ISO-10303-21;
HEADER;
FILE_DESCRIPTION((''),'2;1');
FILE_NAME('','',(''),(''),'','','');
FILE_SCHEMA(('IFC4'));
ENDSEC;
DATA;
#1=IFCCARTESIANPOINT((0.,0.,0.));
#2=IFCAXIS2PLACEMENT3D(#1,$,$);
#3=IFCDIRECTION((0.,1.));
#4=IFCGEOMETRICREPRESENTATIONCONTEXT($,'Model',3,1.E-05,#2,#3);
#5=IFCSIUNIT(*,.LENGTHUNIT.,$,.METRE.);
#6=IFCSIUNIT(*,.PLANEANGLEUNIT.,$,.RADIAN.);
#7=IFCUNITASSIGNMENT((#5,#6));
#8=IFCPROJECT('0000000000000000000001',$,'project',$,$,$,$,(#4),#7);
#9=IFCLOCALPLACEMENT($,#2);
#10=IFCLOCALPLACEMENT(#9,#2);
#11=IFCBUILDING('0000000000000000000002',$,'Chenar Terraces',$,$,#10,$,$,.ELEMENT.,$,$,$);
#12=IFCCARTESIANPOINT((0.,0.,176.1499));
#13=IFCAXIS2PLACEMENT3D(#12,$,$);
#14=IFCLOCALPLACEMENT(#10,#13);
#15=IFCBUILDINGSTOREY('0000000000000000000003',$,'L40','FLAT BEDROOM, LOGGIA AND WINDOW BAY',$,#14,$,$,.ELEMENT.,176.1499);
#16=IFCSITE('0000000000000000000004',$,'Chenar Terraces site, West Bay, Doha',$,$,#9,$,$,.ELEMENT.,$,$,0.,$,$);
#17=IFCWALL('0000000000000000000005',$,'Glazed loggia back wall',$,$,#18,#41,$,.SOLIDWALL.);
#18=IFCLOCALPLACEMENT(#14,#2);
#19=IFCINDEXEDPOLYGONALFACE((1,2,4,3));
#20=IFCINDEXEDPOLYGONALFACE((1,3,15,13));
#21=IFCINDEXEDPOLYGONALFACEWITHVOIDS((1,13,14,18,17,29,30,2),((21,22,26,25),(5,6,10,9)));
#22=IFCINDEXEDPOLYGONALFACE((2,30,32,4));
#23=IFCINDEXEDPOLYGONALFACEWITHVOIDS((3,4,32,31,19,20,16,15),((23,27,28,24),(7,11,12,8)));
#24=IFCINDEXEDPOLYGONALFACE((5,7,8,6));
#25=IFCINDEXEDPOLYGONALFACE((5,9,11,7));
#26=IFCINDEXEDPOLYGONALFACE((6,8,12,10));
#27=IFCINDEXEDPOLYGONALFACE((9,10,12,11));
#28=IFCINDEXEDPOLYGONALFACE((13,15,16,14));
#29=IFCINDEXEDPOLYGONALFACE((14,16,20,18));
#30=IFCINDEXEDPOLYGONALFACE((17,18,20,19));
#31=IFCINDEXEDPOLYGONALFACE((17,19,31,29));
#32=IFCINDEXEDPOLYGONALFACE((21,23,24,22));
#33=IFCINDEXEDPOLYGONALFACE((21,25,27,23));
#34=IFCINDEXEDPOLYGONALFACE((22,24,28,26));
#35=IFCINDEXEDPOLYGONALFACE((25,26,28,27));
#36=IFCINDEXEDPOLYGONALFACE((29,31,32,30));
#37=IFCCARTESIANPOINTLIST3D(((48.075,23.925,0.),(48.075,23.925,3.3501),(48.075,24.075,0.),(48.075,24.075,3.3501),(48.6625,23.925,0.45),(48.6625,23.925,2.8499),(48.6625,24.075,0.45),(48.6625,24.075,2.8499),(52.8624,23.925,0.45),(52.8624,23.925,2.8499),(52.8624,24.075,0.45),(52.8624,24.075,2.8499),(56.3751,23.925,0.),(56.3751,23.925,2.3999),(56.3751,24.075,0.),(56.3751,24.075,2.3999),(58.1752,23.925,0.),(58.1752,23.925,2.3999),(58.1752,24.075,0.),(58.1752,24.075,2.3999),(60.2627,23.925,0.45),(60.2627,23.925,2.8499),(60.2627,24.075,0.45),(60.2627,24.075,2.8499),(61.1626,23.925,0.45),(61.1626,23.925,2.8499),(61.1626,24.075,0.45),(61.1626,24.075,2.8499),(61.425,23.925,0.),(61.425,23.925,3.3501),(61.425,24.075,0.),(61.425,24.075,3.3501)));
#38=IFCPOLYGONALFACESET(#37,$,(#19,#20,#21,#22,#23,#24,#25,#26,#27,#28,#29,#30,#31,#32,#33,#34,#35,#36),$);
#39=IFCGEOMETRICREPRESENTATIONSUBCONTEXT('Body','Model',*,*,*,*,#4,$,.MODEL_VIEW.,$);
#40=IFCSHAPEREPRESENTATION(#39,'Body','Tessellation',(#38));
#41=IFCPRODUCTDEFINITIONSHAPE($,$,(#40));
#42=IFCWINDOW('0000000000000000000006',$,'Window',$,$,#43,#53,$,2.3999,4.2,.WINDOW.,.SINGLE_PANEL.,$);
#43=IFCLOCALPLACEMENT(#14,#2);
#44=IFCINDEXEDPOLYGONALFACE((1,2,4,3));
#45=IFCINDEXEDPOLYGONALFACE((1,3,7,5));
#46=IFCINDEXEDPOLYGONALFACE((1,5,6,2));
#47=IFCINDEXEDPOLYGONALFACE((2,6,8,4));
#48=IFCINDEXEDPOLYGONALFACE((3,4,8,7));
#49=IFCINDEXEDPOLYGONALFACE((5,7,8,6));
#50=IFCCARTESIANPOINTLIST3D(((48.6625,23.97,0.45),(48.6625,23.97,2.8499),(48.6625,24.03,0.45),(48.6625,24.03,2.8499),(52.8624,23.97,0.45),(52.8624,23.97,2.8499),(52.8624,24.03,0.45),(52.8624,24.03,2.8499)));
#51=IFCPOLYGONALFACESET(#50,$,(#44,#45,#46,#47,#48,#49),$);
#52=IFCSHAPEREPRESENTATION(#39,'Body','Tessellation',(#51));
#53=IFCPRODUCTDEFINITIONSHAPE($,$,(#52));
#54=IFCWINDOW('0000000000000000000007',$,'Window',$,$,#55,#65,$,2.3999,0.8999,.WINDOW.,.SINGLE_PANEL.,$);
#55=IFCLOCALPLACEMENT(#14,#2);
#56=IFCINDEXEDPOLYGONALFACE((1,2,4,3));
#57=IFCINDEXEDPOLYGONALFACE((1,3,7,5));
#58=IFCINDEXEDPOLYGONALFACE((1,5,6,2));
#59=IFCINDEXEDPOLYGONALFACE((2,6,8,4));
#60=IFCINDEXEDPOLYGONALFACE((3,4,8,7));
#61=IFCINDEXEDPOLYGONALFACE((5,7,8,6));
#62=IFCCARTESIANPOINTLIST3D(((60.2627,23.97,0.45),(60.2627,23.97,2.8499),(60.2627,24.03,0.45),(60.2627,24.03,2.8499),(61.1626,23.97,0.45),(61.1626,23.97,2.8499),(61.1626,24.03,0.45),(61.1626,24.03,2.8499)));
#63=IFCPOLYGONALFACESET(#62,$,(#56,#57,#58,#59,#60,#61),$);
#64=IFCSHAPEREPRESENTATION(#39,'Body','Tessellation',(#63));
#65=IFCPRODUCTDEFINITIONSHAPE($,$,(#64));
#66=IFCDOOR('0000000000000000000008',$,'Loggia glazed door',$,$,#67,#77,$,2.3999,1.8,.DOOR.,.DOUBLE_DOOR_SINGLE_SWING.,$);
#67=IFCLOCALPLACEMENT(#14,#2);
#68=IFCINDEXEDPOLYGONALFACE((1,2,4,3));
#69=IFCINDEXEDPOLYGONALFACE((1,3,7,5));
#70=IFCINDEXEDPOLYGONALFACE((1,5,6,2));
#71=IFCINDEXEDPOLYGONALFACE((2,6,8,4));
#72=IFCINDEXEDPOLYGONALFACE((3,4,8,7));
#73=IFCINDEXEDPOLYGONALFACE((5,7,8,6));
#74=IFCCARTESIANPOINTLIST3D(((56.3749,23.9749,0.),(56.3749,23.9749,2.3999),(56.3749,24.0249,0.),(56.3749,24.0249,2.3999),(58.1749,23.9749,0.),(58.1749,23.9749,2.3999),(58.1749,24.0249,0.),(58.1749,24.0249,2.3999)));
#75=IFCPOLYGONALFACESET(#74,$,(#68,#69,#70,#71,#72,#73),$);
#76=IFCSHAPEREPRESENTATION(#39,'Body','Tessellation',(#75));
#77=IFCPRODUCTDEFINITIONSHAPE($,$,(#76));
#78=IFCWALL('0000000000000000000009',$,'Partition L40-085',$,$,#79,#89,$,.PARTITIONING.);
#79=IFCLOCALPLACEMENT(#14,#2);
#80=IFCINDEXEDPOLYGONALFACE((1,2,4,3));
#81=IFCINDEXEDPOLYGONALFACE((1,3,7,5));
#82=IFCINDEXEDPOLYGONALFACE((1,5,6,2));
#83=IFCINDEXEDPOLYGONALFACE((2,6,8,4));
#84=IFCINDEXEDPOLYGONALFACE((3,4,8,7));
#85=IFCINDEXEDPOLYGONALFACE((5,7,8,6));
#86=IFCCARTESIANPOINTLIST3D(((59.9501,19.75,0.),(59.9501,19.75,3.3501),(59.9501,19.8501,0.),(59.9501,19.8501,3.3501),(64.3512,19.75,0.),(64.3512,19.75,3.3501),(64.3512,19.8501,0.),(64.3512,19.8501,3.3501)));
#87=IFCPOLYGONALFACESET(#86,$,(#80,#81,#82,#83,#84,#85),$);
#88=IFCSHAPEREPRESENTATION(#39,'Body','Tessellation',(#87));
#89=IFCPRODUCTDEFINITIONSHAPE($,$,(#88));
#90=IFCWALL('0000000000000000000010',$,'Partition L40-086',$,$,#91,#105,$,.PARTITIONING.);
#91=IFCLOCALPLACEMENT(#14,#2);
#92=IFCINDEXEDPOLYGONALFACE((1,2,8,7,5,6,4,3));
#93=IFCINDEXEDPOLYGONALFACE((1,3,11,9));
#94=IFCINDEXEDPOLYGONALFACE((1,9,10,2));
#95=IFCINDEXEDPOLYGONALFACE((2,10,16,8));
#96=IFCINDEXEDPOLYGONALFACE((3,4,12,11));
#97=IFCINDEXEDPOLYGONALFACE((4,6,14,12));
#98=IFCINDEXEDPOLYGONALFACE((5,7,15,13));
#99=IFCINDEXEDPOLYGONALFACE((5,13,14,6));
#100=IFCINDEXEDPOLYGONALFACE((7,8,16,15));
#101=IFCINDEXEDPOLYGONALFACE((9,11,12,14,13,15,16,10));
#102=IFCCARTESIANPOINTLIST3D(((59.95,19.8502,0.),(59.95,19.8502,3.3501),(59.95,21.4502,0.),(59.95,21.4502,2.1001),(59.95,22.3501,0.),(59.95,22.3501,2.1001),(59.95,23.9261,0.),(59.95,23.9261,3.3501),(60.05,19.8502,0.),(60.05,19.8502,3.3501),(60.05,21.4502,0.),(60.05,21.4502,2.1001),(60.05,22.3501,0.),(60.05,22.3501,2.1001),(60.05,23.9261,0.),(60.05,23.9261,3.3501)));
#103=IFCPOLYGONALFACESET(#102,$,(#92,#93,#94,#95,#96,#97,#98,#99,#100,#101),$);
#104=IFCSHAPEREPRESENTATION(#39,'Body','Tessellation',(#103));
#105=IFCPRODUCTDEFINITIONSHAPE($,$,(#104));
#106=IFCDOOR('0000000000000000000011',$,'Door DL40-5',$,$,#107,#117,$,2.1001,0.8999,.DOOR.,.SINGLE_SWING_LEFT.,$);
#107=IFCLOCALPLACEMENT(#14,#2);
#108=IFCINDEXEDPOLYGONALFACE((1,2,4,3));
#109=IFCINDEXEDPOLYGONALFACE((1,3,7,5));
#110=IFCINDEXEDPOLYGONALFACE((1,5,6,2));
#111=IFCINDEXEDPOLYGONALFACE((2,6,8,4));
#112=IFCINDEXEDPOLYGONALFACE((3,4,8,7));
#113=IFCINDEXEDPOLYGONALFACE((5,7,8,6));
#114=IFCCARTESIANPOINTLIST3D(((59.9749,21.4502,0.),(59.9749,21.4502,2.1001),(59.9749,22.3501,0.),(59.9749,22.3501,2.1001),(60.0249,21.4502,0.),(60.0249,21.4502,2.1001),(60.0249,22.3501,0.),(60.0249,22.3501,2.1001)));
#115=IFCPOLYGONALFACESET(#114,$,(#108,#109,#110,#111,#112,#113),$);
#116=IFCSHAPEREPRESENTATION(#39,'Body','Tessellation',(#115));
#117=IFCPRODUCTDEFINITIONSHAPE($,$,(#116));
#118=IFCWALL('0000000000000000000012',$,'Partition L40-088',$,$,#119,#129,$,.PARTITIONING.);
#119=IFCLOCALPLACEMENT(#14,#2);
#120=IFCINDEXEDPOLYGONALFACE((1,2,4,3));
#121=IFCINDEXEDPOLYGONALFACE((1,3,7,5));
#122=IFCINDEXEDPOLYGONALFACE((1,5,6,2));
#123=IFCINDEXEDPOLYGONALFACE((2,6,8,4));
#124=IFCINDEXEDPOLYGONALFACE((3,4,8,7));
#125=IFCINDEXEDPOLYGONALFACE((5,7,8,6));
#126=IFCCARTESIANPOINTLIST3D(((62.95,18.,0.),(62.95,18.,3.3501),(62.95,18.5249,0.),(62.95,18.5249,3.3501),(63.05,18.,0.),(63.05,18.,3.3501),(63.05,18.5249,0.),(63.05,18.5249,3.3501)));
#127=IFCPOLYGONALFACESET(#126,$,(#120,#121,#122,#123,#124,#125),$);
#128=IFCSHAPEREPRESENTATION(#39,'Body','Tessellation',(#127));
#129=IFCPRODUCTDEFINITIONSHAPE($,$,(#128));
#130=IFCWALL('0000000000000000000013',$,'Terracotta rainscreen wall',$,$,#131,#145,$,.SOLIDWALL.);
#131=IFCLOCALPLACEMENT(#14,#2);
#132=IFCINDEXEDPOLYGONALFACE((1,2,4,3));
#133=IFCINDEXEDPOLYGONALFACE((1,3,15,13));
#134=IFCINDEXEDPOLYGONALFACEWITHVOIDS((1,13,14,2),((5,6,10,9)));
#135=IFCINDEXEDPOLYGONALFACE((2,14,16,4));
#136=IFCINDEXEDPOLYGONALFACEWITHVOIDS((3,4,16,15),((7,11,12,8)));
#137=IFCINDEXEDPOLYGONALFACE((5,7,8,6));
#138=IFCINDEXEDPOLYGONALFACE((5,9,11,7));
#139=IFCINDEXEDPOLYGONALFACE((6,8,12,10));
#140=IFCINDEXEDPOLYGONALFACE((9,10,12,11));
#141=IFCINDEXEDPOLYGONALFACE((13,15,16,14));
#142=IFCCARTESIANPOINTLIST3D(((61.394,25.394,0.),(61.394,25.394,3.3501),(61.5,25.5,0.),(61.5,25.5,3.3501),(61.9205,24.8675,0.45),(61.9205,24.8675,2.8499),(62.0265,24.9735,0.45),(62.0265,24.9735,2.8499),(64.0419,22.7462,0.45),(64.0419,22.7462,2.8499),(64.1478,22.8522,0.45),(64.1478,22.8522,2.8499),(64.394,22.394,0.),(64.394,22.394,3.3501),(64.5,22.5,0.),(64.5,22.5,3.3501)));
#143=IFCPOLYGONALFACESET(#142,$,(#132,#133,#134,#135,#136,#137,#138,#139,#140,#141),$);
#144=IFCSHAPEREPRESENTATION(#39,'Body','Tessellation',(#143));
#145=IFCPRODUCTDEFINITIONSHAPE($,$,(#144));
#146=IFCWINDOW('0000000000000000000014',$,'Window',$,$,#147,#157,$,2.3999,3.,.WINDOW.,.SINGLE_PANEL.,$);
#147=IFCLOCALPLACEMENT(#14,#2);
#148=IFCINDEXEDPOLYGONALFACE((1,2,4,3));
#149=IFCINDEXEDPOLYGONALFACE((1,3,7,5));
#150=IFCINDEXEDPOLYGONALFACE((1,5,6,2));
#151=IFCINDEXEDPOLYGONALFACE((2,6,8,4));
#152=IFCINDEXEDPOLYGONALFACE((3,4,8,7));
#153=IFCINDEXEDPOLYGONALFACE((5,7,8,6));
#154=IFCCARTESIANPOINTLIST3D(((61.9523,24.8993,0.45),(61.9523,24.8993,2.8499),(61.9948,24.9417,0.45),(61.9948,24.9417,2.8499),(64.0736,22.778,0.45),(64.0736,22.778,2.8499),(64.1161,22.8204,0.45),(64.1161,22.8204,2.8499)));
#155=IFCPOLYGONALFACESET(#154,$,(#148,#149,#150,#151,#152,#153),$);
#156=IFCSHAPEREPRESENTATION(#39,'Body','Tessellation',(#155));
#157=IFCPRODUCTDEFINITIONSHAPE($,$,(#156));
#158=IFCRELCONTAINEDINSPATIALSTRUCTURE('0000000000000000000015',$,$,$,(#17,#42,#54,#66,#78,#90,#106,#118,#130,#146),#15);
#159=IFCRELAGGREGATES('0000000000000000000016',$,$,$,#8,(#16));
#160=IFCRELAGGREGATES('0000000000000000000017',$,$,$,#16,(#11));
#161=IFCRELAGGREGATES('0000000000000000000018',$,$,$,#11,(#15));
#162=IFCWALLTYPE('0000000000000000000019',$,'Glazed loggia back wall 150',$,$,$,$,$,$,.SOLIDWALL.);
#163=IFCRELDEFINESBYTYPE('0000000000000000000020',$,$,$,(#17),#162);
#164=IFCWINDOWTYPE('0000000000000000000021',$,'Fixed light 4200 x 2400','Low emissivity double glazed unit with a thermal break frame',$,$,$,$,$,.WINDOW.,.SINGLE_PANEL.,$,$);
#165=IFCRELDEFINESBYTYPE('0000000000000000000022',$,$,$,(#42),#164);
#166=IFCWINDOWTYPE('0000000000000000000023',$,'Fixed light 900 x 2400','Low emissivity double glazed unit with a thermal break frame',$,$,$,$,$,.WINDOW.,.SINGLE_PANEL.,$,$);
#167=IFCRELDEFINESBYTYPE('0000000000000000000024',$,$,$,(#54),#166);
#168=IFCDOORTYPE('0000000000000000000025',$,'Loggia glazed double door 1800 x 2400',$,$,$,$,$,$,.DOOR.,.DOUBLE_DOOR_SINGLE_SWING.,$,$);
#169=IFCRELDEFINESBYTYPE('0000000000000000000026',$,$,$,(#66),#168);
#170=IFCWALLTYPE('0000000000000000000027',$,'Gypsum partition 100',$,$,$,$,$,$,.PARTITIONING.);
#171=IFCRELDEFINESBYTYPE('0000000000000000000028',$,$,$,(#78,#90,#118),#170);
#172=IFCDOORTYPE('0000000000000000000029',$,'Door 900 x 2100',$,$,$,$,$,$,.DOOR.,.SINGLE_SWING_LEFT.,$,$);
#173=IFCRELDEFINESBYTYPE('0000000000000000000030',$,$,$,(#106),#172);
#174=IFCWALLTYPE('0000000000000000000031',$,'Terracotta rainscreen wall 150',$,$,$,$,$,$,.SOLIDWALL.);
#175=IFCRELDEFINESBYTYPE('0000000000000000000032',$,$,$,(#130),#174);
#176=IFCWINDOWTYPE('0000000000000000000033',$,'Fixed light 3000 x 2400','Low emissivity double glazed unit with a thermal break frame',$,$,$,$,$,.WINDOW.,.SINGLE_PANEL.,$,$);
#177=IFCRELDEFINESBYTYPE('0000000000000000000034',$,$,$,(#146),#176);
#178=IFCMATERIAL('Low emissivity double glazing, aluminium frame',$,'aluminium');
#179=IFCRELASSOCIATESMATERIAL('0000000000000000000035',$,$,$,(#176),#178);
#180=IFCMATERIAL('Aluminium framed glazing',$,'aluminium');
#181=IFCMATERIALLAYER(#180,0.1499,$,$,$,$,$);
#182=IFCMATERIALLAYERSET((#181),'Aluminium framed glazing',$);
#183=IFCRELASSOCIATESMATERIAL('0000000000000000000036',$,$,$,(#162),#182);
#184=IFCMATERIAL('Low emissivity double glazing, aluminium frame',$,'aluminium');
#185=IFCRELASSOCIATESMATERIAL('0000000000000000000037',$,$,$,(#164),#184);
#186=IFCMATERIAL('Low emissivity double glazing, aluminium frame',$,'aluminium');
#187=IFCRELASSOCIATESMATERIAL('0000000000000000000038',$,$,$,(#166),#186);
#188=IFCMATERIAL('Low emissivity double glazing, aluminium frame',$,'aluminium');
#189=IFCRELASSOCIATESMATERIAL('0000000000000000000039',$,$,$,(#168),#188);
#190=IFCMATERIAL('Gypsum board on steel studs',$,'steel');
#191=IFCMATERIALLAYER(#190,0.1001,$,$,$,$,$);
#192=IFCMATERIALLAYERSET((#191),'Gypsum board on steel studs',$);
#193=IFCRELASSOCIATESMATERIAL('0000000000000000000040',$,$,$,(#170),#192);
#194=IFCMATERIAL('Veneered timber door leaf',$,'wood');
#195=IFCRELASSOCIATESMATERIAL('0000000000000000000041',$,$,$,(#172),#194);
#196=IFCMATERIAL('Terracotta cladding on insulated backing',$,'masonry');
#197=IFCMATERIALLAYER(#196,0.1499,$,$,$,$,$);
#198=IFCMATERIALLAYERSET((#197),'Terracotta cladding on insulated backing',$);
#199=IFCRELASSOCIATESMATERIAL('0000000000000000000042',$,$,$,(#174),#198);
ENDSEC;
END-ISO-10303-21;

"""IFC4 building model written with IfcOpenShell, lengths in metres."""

from ifc_helpers import new_model, si_unit, direction, frame, frame_2d, origin, place, context, subcontext, project, spatial, rectangle, extrude, material, layer, layer_set, type_object, element, fill, save


model = new_model("IFC4")

# Units and contexts
model_context = context("Model", 3, precision=1e-05, world=origin(), true_north=direction((0.0, 1.0)))
body_context = subcontext(model_context, "Body", "Model", "MODEL_VIEW")
ifc_project = project(units=[si_unit("LENGTHUNIT", "METRE"), si_unit("PLANEANGLEUNIT", "RADIAN")], contexts=[model_context])

# Site, building, storey
site_placement = place(None, origin())
site = spatial("IfcSite", under=ifc_project, at=site_placement, Name="Chenar Terraces site, West Bay, Doha", CompositionType="ELEMENT", RefElevation=0.0)
building_placement = place(site_placement, origin())
building = spatial("IfcBuilding", under=site, at=building_placement, Name="Chenar Terraces", CompositionType="ELEMENT")
storey_placement = place(building_placement, frame((0.0, 0.0, 176.1499)))
storey = spatial("IfcBuildingStorey", under=building, at=storey_placement, Name="L40", Description="FLAT BEDROOM, LOGGIA AND WINDOW BAY", CompositionType="ELEMENT", Elevation=176.1499)

# Shared definitions
ifc_material_1 = material(Name="Low emissivity double glazing, aluminium frame", Category="aluminium")
window_type_1 = type_object("IfcWindowType", Name="Fixed light 3000 x 2400", Description="Low emissivity double glazed unit with a thermal break frame", PartitioningType="SINGLE_PANEL", PredefinedType="WINDOW", material=ifc_material_1)

# Wall, openings, windows, door
ifc_material_2 = material(Name="Aluminium framed glazing", Category="aluminium")
ifc_layer_1 = layer(ifc_material_2, 0.1499)
ifc_layer_set_1 = layer_set([ifc_layer_1], Name="Aluminium framed glazing")
wall_type_1 = type_object("IfcWallType", Name="Glazed loggia back wall 150", PredefinedType="SOLIDWALL", material=ifc_layer_set_1)
wall_1_placement = place(storey_placement, frame((61.425, 24.0, 0.0), z_axis=(0.0, 0.0, 1.0), x_axis=(-1.0, 0.0, 0.0)))
wall_1 = element("IfcWall", 1, at=wall_1_placement, inside=storey, type_object=wall_type_1, Name="Glazed loggia back wall", PredefinedType="SOLIDWALL", context=body_context, shape_type="SweptSolid", body=[
    extrude(rectangle(XDim=13.3501, YDim=0.1499, at=frame_2d((6.675, 0.0))), origin(), (0.0, 0.0, 1.0), 3.3501),
])
opening_1_placement = place(wall_1_placement, frame((0.2625, 0.0, 0.45)))
opening_1 = element("IfcOpeningElement", 2, at=opening_1_placement, cuts=wall_1, PredefinedType="OPENING", context=body_context, shape_type="SweptSolid", body=[
    extrude(rectangle(XDim=0.8999, YDim=2.3999, at=frame_2d((0.45, 1.2))), frame((0.0, 0.085, 0.0), z_axis=(0.0, -1.0, 0.0), x_axis=(1.0, 0.0, 0.0)), (0.0, 0.0, 1.0), 0.1699),
])
opening_2_placement = place(wall_1_placement, frame((3.25, 0.0, 0.0)))
opening_2 = element("IfcOpeningElement", 3, at=opening_2_placement, cuts=wall_1, PredefinedType="OPENING", context=body_context, shape_type="SweptSolid", body=[
    extrude(rectangle(XDim=1.8, YDim=2.3999, at=frame_2d((0.8999, 1.2))), frame((0.0, 0.085, 0.0), z_axis=(0.0, -1.0, 0.0), x_axis=(1.0, 0.0, 0.0)), (0.0, 0.0, 1.0), 0.1699),
])
opening_3_placement = place(wall_1_placement, frame((8.5625, 0.0, 0.45)))
opening_3 = element("IfcOpeningElement", 4, at=opening_3_placement, cuts=wall_1, PredefinedType="OPENING", context=body_context, shape_type="SweptSolid", body=[
    extrude(rectangle(XDim=4.2, YDim=2.3999, at=frame_2d((2.1001, 1.2))), frame((0.0, 0.085, 0.0), z_axis=(0.0, -1.0, 0.0), x_axis=(1.0, 0.0, 0.0)), (0.0, 0.0, 1.0), 0.1699),
])
ifc_material_3 = material(Name="Low emissivity double glazing, aluminium frame", Category="aluminium")
window_type_2 = type_object("IfcWindowType", Name="Fixed light 4200 x 2400", Description="Low emissivity double glazed unit with a thermal break frame", PartitioningType="SINGLE_PANEL", PredefinedType="WINDOW", material=ifc_material_3)
window_1_placement = place(opening_3_placement, origin())
window_1 = element("IfcWindow", 5, at=window_1_placement, inside=storey, type_object=window_type_2, Name="Window", OverallHeight=2.3999, OverallWidth=4.2, PartitioningType="SINGLE_PANEL", PredefinedType="WINDOW", context=body_context, shape_type="SweptSolid", body=[
    extrude(rectangle(XDim=4.2, YDim=2.3999, at=frame_2d((2.1001, 1.2))), frame((0.0, 0.03, 0.0), z_axis=(0.0, -1.0, 0.0), x_axis=(1.0, 0.0, 0.0)), (0.0, 0.0, 1.0), 0.0601),
])
fill(opening_3, window_1)
ifc_material_4 = material(Name="Low emissivity double glazing, aluminium frame", Category="aluminium")
window_type_3 = type_object("IfcWindowType", Name="Fixed light 900 x 2400", Description="Low emissivity double glazed unit with a thermal break frame", PartitioningType="SINGLE_PANEL", PredefinedType="WINDOW", material=ifc_material_4)
window_2_placement = place(opening_1_placement, origin())
window_2 = element("IfcWindow", 6, at=window_2_placement, inside=storey, type_object=window_type_3, Name="Window", OverallHeight=2.3999, OverallWidth=0.8999, PartitioningType="SINGLE_PANEL", PredefinedType="WINDOW", context=body_context, shape_type="SweptSolid", body=[
    extrude(rectangle(XDim=0.8999, YDim=2.3999, at=frame_2d((0.45, 1.2))), frame((0.0, 0.03, 0.0), z_axis=(0.0, -1.0, 0.0), x_axis=(1.0, 0.0, 0.0)), (0.0, 0.0, 1.0), 0.0601),
])
fill(opening_1, window_2)
ifc_material_5 = material(Name="Low emissivity double glazing, aluminium frame", Category="aluminium")
door_type_1 = type_object("IfcDoorType", Name="Loggia glazed double door 1800 x 2400", OperationType="DOUBLE_DOOR_SINGLE_SWING", PredefinedType="DOOR", material=ifc_material_5)
door_1_placement = place(opening_2_placement, frame((1.8, 0.0, 0.0), z_axis=(0.0, 0.0, 1.0), x_axis=(-1.0, 0.0, 0.0)))
door_1 = element("IfcDoor", 7, at=door_1_placement, inside=storey, type_object=door_type_1, Name="Loggia glazed door", OperationType="DOUBLE_DOOR_SINGLE_SWING", OverallHeight=2.3999, OverallWidth=1.8, PredefinedType="DOOR", context=body_context, shape_type="SweptSolid", body=[
    extrude(rectangle(XDim=1.8, YDim=2.3999, at=frame_2d((0.8999, 1.2))), frame((0.0, 0.0249, 0.0), z_axis=(0.0, -1.0, 0.0), x_axis=(1.0, 0.0, 0.0)), (0.0, 0.0, 1.0), 0.05),
])
fill(opening_2, door_1)

# Wall
ifc_material_6 = material(Name="Gypsum board on steel studs", Category="steel")
ifc_layer_2 = layer(ifc_material_6, 0.1001)
ifc_layer_set_2 = layer_set([ifc_layer_2], Name="Gypsum board on steel studs")
wall_type_2 = type_object("IfcWallType", Name="Gypsum partition 100", PredefinedType="PARTITIONING", material=ifc_layer_set_2)
wall_2_placement = place(storey_placement, frame((59.95, 19.8, 0.0), z_axis=(0.0, 0.0, 1.0), x_axis=(1.0, 0.0, 0.0)))
element("IfcWall", 8, at=wall_2_placement, inside=storey, type_object=wall_type_2, Name="Partition L40-085", PredefinedType="PARTITIONING", context=body_context, shape_type="SweptSolid", body=[
    extrude(rectangle(XDim=4.4011, YDim=0.1001, at=frame_2d((2.2007, 0.0))), origin(), (0.0, 0.0, 1.0), 3.3501),
])

# Wall, opening, door
wall_3_placement = place(storey_placement, frame((60.0, 19.8501, 0.0), z_axis=(0.0, 0.0, 1.0), x_axis=(0.0, 1.0, 0.0)))
wall_3 = element("IfcWall", 9, at=wall_3_placement, inside=storey, type_object=wall_type_2, Name="Partition L40-086", PredefinedType="PARTITIONING", context=body_context, shape_type="SweptSolid", body=[
    extrude(rectangle(XDim=4.0759, YDim=0.1001, at=frame_2d((2.0381, 0.0))), origin(), (0.0, 0.0, 1.0), 3.3501),
])
opening_4_placement = place(wall_3_placement, frame((1.6001, 0.0, 0.0)))
opening_4 = element("IfcOpeningElement", 10, at=opening_4_placement, cuts=wall_3, PredefinedType="OPENING", context=body_context, shape_type="SweptSolid", body=[
    extrude(rectangle(XDim=0.8999, YDim=2.1001, at=frame_2d((0.45, 1.05))), frame((0.0, 0.0601, 0.0), z_axis=(0.0, -1.0, 0.0), x_axis=(1.0, 0.0, 0.0)), (0.0, 0.0, 1.0), 0.1201),
])
ifc_material_7 = material(Name="Veneered timber door leaf", Category="wood")
door_type_2 = type_object("IfcDoorType", Name="Door 900 x 2100", OperationType="SINGLE_SWING_LEFT", PredefinedType="DOOR", material=ifc_material_7)
door_2_placement = place(opening_4_placement, frame((0.8999, 0.0, 0.0), z_axis=(0.0, 0.0, 1.0), x_axis=(-1.0, 0.0, 0.0)))
door_2 = element("IfcDoor", 11, at=door_2_placement, inside=storey, type_object=door_type_2, Name="Door DL40-5", OperationType="SINGLE_SWING_LEFT", OverallHeight=2.1001, OverallWidth=0.8999, PredefinedType="DOOR", context=body_context, shape_type="SweptSolid", body=[
    extrude(rectangle(XDim=0.8999, YDim=2.1001, at=frame_2d((0.45, 1.05))), frame((0.0, 0.0249, 0.0), z_axis=(0.0, -1.0, 0.0), x_axis=(1.0, 0.0, 0.0)), (0.0, 0.0, 1.0), 0.05),
])
fill(opening_4, door_2)

# Wall
wall_4_placement = place(storey_placement, frame((63.0, 18.0, 0.0), z_axis=(0.0, 0.0, 1.0), x_axis=(0.0, 1.0, 0.0)))
element("IfcWall", 12, at=wall_4_placement, inside=storey, type_object=wall_type_2, Name="Partition L40-088", PredefinedType="PARTITIONING", context=body_context, shape_type="SweptSolid", body=[
    extrude(rectangle(XDim=0.5249, YDim=0.1001, at=frame_2d((0.2625, 0.0))), origin(), (0.0, 0.0, 1.0), 3.3501),
])

# Wall, opening, window
ifc_material_8 = material(Name="Terracotta cladding on insulated backing", Category="masonry")
ifc_layer_3 = layer(ifc_material_8, 0.1499)
ifc_layer_set_3 = layer_set([ifc_layer_3], Name="Terracotta cladding on insulated backing")
wall_type_3 = type_object("IfcWallType", Name="Terracotta rainscreen wall 150", PredefinedType="SOLIDWALL", material=ifc_layer_set_3)
wall_5_placement = place(storey_placement, frame((64.447, 22.447, 0.0), z_axis=(0.0, 0.0, 1.0), x_axis=(-0.707107, 0.707107, 0.0)))
wall_5 = element("IfcWall", 13, at=wall_5_placement, inside=storey, type_object=wall_type_3, Name="Terracotta rainscreen wall", PredefinedType="SOLIDWALL", context=body_context, shape_type="SweptSolid", body=[
    extrude(rectangle(XDim=4.2427, YDim=0.1499, at=frame_2d((2.1213, 0.0))), origin(), (0.0, 0.0, 1.0), 3.3501),
])
opening_5_placement = place(wall_5_placement, frame((0.498, 0.0, 0.45)))
opening_5 = element("IfcOpeningElement", 14, at=opening_5_placement, cuts=wall_5, PredefinedType="OPENING", context=body_context, shape_type="SweptSolid", body=[
    extrude(rectangle(XDim=3.0, YDim=2.3999, at=frame_2d((1.5, 1.2))), frame((0.0, 0.085, 0.0), z_axis=(0.0, -1.0, 0.0), x_axis=(1.0, 0.0, 0.0)), (0.0, 0.0, 1.0), 0.1699),
])
window_3_placement = place(opening_5_placement, origin())
window_3 = element("IfcWindow", 15, at=window_3_placement, inside=storey, type_object=window_type_1, Name="Window", OverallHeight=2.3999, OverallWidth=3.0, PartitioningType="SINGLE_PANEL", PredefinedType="WINDOW", context=body_context, shape_type="SweptSolid", body=[
    extrude(rectangle(XDim=3.0, YDim=2.3999, at=frame_2d((1.5, 1.2))), frame((0.0, 0.03, 0.0), z_axis=(0.0, -1.0, 0.0), x_axis=(1.0, 0.0, 0.0)), (0.0, 0.0, 1.0), 0.0601),
])
fill(opening_5, window_3)

save(model, "model.ifc")
